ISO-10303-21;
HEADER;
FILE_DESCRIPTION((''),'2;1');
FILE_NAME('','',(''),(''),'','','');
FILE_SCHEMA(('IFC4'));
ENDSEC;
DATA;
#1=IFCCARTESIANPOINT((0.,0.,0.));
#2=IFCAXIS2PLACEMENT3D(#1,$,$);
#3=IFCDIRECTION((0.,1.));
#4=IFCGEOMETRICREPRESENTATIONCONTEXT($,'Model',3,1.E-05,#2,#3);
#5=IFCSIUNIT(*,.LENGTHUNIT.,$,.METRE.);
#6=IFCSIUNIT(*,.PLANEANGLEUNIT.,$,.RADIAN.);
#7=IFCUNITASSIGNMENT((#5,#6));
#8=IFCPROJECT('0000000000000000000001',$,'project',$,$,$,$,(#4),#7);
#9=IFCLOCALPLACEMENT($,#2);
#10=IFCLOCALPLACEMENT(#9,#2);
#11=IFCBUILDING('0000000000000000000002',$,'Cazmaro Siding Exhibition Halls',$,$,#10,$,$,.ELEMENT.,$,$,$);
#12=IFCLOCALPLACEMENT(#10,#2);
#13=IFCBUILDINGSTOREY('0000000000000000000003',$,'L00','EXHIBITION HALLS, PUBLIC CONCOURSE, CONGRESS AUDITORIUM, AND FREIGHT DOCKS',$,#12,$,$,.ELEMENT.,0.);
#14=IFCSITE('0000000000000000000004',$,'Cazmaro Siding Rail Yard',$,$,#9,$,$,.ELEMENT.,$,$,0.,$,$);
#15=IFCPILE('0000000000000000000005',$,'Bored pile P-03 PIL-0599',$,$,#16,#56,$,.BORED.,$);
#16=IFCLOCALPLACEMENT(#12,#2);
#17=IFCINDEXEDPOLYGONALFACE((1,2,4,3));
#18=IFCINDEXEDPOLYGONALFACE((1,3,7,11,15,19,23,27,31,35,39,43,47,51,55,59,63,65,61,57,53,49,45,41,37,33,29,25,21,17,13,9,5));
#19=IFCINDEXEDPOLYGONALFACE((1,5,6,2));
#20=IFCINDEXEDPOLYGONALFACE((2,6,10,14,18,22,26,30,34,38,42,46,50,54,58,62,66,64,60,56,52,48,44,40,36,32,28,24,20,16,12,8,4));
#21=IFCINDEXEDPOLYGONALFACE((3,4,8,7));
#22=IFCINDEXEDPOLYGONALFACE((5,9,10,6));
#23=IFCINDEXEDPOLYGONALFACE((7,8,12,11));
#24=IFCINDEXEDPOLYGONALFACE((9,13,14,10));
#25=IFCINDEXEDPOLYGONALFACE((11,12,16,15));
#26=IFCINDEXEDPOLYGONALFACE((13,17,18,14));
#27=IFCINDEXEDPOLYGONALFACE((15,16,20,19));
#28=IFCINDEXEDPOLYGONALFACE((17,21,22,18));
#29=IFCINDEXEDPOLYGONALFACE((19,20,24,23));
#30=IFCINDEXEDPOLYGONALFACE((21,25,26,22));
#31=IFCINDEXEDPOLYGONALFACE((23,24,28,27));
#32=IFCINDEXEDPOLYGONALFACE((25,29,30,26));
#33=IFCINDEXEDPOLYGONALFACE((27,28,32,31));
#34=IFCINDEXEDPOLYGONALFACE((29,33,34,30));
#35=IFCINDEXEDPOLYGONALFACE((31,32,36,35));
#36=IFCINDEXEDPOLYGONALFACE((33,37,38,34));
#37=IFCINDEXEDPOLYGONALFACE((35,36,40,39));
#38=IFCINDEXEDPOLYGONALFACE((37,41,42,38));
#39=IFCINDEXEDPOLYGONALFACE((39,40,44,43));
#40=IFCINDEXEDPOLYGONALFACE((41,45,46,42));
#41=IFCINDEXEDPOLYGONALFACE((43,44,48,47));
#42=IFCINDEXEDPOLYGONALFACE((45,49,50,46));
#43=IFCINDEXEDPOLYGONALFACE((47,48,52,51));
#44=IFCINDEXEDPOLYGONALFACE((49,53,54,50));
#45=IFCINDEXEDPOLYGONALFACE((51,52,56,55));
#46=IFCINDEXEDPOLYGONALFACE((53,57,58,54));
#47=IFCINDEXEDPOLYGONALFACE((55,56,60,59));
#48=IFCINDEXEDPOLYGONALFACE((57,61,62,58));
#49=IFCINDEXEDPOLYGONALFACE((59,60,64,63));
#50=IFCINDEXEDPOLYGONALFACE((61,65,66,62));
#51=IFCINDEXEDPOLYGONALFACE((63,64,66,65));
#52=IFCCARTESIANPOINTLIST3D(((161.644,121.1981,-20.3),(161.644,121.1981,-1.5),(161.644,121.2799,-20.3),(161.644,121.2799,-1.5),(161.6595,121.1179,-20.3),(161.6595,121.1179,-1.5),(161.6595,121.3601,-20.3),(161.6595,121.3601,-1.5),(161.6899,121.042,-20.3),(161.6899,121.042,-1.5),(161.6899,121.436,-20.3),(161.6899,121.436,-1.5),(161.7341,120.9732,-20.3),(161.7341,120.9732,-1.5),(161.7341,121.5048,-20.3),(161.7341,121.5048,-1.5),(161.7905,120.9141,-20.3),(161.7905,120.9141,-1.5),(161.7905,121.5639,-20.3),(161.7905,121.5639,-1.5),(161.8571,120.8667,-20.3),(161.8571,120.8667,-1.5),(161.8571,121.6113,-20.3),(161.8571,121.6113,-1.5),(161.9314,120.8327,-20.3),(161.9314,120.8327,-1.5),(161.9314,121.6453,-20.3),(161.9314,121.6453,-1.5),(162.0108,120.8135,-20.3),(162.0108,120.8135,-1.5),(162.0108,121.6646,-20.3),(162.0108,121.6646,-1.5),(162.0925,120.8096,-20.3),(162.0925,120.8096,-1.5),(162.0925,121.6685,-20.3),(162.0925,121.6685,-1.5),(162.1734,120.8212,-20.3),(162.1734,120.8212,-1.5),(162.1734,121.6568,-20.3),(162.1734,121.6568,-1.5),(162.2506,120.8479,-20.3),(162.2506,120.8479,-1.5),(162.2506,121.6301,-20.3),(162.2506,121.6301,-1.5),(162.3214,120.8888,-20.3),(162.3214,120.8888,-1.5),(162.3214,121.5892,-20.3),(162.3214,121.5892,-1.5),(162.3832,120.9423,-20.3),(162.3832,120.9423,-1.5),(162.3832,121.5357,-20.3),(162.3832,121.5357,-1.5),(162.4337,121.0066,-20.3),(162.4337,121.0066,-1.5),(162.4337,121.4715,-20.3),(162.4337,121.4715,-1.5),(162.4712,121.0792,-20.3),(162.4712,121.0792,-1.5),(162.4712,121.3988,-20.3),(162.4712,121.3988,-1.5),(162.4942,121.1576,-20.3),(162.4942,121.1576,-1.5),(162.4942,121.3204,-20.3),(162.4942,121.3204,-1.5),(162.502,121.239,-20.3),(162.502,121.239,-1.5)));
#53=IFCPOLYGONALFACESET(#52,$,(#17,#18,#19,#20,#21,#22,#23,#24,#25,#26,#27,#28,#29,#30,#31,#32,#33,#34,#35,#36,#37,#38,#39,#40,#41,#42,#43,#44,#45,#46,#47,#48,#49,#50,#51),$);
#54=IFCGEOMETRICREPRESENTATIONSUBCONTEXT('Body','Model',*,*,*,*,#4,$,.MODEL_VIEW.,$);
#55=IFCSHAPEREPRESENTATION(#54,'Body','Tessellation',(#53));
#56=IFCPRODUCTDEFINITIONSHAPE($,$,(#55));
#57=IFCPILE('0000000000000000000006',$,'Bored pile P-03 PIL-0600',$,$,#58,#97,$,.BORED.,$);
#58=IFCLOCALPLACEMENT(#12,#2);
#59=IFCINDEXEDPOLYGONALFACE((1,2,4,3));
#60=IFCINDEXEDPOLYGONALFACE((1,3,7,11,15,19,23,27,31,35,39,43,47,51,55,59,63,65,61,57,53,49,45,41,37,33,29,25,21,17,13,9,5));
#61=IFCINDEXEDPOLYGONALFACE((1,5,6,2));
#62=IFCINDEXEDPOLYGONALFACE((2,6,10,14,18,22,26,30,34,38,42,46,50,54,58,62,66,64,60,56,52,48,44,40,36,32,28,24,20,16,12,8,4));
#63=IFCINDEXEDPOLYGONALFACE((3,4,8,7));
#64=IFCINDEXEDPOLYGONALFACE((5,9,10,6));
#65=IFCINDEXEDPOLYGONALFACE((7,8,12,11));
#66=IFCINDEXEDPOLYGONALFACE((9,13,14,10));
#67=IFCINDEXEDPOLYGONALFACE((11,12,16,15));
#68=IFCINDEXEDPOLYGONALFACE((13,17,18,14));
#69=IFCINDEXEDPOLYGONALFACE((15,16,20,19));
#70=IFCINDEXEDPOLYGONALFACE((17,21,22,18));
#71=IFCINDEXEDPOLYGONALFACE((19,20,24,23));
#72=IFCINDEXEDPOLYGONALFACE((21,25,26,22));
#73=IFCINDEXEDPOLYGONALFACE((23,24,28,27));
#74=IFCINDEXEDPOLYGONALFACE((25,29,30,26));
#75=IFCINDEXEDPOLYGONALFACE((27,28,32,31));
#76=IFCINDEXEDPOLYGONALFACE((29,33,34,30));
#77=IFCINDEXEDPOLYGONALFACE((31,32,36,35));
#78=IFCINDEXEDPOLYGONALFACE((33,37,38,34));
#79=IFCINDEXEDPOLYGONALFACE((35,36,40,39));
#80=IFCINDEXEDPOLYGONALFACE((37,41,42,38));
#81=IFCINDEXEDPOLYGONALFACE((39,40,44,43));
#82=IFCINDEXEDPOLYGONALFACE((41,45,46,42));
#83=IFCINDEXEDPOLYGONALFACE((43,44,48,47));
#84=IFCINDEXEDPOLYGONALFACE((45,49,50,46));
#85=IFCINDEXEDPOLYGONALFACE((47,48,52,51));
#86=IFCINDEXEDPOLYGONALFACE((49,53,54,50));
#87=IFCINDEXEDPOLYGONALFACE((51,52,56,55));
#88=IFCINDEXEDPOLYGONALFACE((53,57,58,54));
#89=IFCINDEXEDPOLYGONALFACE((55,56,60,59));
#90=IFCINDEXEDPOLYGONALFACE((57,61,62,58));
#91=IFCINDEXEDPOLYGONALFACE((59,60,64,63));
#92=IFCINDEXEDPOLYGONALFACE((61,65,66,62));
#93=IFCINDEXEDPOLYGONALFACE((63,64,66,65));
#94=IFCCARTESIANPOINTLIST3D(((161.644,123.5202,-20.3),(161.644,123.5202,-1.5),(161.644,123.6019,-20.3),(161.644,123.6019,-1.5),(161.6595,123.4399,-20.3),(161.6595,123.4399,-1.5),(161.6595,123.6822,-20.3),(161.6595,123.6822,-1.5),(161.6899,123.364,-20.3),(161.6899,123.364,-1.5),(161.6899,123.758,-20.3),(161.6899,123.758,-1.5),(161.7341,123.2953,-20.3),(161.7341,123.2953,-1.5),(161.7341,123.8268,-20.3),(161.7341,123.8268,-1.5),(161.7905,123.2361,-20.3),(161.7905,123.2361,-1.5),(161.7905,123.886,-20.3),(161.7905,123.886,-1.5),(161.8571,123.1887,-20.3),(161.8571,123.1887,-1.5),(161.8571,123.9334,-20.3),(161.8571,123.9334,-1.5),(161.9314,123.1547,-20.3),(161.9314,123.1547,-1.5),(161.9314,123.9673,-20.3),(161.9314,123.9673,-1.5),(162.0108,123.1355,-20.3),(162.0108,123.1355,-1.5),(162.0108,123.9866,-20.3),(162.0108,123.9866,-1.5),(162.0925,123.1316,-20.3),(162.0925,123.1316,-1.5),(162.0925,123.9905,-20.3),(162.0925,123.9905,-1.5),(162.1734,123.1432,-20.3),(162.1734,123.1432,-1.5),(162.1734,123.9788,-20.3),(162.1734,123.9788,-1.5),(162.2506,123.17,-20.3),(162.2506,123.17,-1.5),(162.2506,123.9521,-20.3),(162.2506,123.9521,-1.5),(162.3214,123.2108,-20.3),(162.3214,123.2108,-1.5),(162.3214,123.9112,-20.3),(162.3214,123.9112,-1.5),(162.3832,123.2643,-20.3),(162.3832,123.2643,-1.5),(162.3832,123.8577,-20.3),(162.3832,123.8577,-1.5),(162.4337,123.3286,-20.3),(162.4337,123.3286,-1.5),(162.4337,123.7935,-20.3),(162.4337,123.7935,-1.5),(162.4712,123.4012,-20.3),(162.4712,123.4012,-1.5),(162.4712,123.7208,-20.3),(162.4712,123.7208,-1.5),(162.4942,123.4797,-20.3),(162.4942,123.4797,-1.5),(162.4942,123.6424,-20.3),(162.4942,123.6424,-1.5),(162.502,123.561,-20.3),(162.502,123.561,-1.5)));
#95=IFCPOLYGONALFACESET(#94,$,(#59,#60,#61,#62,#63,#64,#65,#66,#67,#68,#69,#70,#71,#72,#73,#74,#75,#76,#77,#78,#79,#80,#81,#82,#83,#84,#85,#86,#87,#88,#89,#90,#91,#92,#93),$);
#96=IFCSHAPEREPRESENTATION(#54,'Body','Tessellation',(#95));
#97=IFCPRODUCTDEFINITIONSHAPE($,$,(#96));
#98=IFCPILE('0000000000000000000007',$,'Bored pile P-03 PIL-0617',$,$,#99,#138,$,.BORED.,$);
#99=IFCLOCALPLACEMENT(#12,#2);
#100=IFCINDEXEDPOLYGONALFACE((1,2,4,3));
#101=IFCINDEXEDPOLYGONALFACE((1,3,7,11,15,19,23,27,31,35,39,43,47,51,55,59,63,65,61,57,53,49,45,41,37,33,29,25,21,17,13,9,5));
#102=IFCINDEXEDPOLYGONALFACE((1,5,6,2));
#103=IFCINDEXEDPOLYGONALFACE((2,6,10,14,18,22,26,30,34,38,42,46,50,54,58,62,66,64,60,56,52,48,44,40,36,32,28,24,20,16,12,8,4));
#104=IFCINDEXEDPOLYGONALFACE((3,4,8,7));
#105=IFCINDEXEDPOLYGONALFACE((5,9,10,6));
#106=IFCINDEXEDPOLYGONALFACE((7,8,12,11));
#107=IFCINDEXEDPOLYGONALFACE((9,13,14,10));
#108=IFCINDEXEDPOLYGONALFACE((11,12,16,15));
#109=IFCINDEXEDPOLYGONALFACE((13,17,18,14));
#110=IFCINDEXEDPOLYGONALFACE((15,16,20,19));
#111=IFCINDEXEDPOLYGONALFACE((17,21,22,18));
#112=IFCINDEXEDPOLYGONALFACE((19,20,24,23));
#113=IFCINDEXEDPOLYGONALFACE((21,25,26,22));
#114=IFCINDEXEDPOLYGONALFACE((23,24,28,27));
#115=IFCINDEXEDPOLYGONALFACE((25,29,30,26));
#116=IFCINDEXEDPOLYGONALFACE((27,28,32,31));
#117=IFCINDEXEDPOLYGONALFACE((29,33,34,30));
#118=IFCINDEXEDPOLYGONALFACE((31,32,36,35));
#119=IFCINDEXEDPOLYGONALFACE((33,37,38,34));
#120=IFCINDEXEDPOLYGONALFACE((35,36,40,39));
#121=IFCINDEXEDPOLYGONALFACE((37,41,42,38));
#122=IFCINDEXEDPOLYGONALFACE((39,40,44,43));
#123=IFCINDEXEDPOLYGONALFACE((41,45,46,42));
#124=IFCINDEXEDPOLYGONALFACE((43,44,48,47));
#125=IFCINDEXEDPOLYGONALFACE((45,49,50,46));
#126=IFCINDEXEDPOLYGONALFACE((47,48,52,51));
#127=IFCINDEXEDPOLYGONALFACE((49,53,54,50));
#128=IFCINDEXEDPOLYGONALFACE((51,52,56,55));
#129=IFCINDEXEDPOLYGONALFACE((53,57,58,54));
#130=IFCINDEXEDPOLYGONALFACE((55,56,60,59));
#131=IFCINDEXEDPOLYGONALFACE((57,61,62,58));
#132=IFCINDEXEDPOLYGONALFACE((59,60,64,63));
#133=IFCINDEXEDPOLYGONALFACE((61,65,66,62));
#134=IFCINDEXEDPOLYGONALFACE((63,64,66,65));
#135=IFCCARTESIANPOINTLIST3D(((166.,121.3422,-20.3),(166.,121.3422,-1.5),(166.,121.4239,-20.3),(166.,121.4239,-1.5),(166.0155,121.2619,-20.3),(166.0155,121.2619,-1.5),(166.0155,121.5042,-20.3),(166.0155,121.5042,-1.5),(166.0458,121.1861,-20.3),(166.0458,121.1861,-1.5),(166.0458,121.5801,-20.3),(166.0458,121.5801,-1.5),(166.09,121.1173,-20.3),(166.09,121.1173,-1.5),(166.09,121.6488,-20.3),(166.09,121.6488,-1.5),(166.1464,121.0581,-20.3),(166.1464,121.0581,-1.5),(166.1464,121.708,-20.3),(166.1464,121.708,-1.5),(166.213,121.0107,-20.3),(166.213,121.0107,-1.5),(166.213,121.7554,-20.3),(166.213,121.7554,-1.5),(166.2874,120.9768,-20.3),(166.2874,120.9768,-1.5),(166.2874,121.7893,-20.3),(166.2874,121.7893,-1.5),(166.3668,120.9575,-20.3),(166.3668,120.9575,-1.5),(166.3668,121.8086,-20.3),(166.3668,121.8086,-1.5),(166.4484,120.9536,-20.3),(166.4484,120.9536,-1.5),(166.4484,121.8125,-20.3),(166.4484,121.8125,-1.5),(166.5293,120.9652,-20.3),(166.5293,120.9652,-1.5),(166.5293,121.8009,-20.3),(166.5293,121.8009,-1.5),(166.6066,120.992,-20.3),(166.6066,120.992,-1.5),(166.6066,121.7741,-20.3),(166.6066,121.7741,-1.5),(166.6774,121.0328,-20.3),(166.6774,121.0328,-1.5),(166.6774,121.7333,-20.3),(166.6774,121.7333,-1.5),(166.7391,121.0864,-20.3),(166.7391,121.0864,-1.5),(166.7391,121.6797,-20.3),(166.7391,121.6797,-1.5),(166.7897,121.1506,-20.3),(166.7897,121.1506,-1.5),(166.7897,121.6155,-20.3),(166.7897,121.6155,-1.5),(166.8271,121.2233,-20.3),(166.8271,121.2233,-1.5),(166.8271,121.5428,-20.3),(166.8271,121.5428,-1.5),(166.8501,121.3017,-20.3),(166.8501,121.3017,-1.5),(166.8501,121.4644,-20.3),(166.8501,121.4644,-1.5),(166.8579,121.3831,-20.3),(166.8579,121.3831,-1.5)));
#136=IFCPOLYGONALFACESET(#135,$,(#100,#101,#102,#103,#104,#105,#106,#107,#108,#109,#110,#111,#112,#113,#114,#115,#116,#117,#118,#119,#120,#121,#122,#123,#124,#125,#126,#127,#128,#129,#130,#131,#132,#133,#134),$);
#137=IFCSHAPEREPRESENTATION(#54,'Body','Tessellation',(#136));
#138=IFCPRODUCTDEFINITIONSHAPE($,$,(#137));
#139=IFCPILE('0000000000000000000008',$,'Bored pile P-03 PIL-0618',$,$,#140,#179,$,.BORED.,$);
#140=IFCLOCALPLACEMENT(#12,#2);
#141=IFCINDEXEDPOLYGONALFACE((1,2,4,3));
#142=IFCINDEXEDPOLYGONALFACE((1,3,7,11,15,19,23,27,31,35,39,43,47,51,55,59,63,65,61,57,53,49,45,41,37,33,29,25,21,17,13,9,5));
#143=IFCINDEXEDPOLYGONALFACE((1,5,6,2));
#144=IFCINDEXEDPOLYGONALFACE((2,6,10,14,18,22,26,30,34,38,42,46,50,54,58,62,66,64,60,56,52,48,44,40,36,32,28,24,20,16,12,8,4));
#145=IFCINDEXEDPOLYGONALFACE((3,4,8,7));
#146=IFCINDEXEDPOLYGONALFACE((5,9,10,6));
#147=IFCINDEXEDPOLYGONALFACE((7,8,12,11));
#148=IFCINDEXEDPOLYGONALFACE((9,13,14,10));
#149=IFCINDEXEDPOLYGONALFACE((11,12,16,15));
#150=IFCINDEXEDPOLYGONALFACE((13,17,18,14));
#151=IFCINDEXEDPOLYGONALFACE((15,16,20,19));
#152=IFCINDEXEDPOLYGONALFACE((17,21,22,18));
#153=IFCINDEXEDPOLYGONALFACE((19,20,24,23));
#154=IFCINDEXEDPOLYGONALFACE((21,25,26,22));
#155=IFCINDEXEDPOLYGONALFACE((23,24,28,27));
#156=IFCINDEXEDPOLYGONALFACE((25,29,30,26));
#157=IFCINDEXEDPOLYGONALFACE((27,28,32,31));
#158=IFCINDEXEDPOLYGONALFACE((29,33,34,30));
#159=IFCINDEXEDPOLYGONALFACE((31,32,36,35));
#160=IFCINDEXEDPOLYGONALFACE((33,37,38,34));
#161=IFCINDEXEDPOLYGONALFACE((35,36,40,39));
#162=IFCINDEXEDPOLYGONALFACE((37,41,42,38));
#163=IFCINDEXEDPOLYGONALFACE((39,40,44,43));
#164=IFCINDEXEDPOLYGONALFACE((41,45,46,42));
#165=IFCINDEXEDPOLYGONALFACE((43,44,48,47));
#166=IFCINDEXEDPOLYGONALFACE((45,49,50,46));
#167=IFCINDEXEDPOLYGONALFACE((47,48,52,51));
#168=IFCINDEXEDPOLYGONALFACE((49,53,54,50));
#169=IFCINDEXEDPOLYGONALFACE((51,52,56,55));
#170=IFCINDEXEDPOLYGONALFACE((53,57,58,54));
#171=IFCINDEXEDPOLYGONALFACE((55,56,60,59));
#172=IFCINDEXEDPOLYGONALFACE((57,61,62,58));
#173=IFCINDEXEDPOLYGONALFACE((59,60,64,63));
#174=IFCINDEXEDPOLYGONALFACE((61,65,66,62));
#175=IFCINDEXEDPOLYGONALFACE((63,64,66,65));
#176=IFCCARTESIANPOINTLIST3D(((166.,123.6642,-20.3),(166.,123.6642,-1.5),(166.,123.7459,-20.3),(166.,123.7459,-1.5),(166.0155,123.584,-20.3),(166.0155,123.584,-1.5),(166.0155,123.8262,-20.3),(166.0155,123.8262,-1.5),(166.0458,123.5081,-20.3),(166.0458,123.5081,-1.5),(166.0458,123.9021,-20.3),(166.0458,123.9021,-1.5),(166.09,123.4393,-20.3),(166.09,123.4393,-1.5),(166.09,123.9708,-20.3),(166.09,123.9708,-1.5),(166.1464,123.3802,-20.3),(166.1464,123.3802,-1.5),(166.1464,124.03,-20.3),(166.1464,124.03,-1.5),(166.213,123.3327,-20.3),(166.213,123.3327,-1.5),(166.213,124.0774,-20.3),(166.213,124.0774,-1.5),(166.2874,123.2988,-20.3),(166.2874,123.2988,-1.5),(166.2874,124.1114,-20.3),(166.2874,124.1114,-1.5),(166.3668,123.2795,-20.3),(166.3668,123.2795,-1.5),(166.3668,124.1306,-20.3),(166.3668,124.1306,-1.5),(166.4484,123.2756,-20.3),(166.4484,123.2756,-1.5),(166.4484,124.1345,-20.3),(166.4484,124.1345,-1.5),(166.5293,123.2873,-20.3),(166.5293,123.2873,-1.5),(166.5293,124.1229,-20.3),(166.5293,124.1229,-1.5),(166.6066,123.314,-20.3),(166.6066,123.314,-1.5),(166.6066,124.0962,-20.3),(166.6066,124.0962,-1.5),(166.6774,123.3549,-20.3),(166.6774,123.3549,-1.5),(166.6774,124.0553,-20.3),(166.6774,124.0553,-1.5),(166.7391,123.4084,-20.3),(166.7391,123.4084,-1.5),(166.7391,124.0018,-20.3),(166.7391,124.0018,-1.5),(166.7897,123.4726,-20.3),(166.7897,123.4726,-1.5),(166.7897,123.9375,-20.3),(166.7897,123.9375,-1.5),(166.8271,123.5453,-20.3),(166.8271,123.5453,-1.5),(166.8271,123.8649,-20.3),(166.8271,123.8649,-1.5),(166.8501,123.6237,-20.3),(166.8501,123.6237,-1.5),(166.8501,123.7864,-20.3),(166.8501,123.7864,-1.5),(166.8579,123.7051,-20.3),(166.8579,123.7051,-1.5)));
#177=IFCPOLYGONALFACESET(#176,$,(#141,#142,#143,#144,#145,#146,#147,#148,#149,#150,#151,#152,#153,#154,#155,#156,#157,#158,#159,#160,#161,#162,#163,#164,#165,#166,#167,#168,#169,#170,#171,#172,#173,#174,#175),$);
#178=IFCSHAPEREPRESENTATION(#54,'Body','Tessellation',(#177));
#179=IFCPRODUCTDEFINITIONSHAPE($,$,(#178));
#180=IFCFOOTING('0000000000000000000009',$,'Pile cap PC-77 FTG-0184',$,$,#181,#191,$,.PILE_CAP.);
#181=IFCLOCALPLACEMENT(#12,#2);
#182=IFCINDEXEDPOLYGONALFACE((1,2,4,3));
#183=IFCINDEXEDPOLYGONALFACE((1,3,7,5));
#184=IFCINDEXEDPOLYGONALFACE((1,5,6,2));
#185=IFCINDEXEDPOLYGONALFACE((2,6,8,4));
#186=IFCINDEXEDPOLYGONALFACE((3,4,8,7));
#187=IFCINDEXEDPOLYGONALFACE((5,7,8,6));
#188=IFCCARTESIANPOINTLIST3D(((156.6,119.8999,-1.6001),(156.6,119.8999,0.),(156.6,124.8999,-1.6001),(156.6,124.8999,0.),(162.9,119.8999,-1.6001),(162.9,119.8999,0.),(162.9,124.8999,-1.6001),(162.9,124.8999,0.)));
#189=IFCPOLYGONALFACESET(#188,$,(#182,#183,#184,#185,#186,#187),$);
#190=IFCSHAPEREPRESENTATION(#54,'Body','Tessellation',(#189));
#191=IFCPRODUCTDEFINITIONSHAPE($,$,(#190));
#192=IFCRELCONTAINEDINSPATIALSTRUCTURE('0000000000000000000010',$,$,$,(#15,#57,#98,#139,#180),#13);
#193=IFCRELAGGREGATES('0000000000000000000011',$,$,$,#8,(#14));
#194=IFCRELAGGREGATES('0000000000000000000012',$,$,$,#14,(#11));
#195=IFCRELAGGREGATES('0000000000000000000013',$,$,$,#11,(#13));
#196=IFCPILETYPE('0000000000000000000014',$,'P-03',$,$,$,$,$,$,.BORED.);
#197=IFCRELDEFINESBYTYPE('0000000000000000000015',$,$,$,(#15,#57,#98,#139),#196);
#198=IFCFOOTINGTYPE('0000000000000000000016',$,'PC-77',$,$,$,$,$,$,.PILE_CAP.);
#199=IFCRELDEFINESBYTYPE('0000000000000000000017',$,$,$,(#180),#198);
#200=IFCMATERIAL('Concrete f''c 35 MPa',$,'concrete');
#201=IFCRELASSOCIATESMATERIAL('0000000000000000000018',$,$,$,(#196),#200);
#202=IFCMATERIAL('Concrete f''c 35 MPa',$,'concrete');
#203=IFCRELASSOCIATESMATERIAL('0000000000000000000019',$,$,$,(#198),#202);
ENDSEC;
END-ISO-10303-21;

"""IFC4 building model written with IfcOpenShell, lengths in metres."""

from ifc_helpers import new_model, si_unit, direction, frame, origin, origin_2d, place, context, subcontext, project, spatial, rectangle, circle, extrude, material, material_profile, profile_set, type_object, element, save


model = new_model("IFC4")

# Units and contexts
model_context = context("Model", 3, precision=1e-05, world=origin(), true_north=direction((0.0, 1.0)))
body_context = subcontext(model_context, "Body", "Model", "MODEL_VIEW")
ifc_project = project(units=[si_unit("LENGTHUNIT", "METRE"), si_unit("PLANEANGLEUNIT", "RADIAN")], contexts=[model_context])

# Site, building, storey
site_placement = place(None, origin())
site = spatial("IfcSite", under=ifc_project, at=site_placement, Name="Cazmaro Siding Rail Yard", CompositionType="ELEMENT", RefElevation=0.0)
building_placement = place(site_placement, origin())
building = spatial("IfcBuilding", under=site, at=building_placement, Name="Cazmaro Siding Exhibition Halls", CompositionType="ELEMENT")
storey_placement = place(building_placement, origin())
storey = spatial("IfcBuildingStorey", under=building, at=storey_placement, Name="L00", Description="EXHIBITION HALLS, PUBLIC CONCOURSE, CONGRESS AUDITORIUM, AND FREIGHT DOCKS", CompositionType="ELEMENT", Elevation=0.0)

# Piles
ifc_material_1 = material(Name="Concrete f'c 35 MPa", Category="concrete")
ifc_material_profile_1 = material_profile(ifc_material_1, circle(Radius=0.4299, at=origin_2d()), Name="CIDH-860")
ifc_profile_set_1 = profile_set([ifc_material_profile_1], Name="Concrete f'c 35 MPa")
pile_type = type_object("IfcPileType", Name="P-03", PredefinedType="BORED", material=ifc_profile_set_1)
for number, where, z_axis, x_axis, name in (
    (1, (162.072, 121.239, -1.5), (0.0, 0.0, -1.0), (1.0, 0.0, 0.0), "Bored pile P-03 PIL-0599"),
    (2, (162.072, 123.561, -1.5), (0.0, 0.0, -1.0), (1.0, 0.0, 0.0), "Bored pile P-03 PIL-0600"),
    (3, (166.428, 121.3831, -1.5), (0.0, 0.0, -1.0), (1.0, 0.0, 0.0), "Bored pile P-03 PIL-0617"),
    (4, (166.428, 123.7051, -1.5), (0.0, 0.0, -1.0), (1.0, 0.0, 0.0), "Bored pile P-03 PIL-0618"),
):
    element("IfcPile", number, at=place(storey_placement, frame(where, z_axis=z_axis, x_axis=x_axis)), inside=storey, type_object=pile_type, Name=name, PredefinedType="BORED", context=body_context, shape_type="SweptSolid", body=[
        extrude(circle(Radius=0.4299, at=origin_2d()), origin(), (0.0, 0.0, 1.0), 18.8),
    ])

# Footing
ifc_material_2 = material(Name="Concrete f'c 35 MPa", Category="concrete")
footing_type = type_object("IfcFootingType", Name="PC-77", PredefinedType="PILE_CAP", material=ifc_material_2)
footing_placement = place(storey_placement, frame((159.75, 122.3999, -1.6001), z_axis=(0.0, 0.0, 1.0), x_axis=(1.0, 0.0, 0.0)))
element("IfcFooting", 5, at=footing_placement, inside=storey, type_object=footing_type, Name="Pile cap PC-77 FTG-0184", PredefinedType="PILE_CAP", context=body_context, shape_type="SweptSolid", body=[
    extrude(rectangle(XDim=6.3, YDim=5.0, at=origin_2d()), origin(), (0.0, 0.0, 1.0), 1.6001),
])

save(model, "model.ifc")
